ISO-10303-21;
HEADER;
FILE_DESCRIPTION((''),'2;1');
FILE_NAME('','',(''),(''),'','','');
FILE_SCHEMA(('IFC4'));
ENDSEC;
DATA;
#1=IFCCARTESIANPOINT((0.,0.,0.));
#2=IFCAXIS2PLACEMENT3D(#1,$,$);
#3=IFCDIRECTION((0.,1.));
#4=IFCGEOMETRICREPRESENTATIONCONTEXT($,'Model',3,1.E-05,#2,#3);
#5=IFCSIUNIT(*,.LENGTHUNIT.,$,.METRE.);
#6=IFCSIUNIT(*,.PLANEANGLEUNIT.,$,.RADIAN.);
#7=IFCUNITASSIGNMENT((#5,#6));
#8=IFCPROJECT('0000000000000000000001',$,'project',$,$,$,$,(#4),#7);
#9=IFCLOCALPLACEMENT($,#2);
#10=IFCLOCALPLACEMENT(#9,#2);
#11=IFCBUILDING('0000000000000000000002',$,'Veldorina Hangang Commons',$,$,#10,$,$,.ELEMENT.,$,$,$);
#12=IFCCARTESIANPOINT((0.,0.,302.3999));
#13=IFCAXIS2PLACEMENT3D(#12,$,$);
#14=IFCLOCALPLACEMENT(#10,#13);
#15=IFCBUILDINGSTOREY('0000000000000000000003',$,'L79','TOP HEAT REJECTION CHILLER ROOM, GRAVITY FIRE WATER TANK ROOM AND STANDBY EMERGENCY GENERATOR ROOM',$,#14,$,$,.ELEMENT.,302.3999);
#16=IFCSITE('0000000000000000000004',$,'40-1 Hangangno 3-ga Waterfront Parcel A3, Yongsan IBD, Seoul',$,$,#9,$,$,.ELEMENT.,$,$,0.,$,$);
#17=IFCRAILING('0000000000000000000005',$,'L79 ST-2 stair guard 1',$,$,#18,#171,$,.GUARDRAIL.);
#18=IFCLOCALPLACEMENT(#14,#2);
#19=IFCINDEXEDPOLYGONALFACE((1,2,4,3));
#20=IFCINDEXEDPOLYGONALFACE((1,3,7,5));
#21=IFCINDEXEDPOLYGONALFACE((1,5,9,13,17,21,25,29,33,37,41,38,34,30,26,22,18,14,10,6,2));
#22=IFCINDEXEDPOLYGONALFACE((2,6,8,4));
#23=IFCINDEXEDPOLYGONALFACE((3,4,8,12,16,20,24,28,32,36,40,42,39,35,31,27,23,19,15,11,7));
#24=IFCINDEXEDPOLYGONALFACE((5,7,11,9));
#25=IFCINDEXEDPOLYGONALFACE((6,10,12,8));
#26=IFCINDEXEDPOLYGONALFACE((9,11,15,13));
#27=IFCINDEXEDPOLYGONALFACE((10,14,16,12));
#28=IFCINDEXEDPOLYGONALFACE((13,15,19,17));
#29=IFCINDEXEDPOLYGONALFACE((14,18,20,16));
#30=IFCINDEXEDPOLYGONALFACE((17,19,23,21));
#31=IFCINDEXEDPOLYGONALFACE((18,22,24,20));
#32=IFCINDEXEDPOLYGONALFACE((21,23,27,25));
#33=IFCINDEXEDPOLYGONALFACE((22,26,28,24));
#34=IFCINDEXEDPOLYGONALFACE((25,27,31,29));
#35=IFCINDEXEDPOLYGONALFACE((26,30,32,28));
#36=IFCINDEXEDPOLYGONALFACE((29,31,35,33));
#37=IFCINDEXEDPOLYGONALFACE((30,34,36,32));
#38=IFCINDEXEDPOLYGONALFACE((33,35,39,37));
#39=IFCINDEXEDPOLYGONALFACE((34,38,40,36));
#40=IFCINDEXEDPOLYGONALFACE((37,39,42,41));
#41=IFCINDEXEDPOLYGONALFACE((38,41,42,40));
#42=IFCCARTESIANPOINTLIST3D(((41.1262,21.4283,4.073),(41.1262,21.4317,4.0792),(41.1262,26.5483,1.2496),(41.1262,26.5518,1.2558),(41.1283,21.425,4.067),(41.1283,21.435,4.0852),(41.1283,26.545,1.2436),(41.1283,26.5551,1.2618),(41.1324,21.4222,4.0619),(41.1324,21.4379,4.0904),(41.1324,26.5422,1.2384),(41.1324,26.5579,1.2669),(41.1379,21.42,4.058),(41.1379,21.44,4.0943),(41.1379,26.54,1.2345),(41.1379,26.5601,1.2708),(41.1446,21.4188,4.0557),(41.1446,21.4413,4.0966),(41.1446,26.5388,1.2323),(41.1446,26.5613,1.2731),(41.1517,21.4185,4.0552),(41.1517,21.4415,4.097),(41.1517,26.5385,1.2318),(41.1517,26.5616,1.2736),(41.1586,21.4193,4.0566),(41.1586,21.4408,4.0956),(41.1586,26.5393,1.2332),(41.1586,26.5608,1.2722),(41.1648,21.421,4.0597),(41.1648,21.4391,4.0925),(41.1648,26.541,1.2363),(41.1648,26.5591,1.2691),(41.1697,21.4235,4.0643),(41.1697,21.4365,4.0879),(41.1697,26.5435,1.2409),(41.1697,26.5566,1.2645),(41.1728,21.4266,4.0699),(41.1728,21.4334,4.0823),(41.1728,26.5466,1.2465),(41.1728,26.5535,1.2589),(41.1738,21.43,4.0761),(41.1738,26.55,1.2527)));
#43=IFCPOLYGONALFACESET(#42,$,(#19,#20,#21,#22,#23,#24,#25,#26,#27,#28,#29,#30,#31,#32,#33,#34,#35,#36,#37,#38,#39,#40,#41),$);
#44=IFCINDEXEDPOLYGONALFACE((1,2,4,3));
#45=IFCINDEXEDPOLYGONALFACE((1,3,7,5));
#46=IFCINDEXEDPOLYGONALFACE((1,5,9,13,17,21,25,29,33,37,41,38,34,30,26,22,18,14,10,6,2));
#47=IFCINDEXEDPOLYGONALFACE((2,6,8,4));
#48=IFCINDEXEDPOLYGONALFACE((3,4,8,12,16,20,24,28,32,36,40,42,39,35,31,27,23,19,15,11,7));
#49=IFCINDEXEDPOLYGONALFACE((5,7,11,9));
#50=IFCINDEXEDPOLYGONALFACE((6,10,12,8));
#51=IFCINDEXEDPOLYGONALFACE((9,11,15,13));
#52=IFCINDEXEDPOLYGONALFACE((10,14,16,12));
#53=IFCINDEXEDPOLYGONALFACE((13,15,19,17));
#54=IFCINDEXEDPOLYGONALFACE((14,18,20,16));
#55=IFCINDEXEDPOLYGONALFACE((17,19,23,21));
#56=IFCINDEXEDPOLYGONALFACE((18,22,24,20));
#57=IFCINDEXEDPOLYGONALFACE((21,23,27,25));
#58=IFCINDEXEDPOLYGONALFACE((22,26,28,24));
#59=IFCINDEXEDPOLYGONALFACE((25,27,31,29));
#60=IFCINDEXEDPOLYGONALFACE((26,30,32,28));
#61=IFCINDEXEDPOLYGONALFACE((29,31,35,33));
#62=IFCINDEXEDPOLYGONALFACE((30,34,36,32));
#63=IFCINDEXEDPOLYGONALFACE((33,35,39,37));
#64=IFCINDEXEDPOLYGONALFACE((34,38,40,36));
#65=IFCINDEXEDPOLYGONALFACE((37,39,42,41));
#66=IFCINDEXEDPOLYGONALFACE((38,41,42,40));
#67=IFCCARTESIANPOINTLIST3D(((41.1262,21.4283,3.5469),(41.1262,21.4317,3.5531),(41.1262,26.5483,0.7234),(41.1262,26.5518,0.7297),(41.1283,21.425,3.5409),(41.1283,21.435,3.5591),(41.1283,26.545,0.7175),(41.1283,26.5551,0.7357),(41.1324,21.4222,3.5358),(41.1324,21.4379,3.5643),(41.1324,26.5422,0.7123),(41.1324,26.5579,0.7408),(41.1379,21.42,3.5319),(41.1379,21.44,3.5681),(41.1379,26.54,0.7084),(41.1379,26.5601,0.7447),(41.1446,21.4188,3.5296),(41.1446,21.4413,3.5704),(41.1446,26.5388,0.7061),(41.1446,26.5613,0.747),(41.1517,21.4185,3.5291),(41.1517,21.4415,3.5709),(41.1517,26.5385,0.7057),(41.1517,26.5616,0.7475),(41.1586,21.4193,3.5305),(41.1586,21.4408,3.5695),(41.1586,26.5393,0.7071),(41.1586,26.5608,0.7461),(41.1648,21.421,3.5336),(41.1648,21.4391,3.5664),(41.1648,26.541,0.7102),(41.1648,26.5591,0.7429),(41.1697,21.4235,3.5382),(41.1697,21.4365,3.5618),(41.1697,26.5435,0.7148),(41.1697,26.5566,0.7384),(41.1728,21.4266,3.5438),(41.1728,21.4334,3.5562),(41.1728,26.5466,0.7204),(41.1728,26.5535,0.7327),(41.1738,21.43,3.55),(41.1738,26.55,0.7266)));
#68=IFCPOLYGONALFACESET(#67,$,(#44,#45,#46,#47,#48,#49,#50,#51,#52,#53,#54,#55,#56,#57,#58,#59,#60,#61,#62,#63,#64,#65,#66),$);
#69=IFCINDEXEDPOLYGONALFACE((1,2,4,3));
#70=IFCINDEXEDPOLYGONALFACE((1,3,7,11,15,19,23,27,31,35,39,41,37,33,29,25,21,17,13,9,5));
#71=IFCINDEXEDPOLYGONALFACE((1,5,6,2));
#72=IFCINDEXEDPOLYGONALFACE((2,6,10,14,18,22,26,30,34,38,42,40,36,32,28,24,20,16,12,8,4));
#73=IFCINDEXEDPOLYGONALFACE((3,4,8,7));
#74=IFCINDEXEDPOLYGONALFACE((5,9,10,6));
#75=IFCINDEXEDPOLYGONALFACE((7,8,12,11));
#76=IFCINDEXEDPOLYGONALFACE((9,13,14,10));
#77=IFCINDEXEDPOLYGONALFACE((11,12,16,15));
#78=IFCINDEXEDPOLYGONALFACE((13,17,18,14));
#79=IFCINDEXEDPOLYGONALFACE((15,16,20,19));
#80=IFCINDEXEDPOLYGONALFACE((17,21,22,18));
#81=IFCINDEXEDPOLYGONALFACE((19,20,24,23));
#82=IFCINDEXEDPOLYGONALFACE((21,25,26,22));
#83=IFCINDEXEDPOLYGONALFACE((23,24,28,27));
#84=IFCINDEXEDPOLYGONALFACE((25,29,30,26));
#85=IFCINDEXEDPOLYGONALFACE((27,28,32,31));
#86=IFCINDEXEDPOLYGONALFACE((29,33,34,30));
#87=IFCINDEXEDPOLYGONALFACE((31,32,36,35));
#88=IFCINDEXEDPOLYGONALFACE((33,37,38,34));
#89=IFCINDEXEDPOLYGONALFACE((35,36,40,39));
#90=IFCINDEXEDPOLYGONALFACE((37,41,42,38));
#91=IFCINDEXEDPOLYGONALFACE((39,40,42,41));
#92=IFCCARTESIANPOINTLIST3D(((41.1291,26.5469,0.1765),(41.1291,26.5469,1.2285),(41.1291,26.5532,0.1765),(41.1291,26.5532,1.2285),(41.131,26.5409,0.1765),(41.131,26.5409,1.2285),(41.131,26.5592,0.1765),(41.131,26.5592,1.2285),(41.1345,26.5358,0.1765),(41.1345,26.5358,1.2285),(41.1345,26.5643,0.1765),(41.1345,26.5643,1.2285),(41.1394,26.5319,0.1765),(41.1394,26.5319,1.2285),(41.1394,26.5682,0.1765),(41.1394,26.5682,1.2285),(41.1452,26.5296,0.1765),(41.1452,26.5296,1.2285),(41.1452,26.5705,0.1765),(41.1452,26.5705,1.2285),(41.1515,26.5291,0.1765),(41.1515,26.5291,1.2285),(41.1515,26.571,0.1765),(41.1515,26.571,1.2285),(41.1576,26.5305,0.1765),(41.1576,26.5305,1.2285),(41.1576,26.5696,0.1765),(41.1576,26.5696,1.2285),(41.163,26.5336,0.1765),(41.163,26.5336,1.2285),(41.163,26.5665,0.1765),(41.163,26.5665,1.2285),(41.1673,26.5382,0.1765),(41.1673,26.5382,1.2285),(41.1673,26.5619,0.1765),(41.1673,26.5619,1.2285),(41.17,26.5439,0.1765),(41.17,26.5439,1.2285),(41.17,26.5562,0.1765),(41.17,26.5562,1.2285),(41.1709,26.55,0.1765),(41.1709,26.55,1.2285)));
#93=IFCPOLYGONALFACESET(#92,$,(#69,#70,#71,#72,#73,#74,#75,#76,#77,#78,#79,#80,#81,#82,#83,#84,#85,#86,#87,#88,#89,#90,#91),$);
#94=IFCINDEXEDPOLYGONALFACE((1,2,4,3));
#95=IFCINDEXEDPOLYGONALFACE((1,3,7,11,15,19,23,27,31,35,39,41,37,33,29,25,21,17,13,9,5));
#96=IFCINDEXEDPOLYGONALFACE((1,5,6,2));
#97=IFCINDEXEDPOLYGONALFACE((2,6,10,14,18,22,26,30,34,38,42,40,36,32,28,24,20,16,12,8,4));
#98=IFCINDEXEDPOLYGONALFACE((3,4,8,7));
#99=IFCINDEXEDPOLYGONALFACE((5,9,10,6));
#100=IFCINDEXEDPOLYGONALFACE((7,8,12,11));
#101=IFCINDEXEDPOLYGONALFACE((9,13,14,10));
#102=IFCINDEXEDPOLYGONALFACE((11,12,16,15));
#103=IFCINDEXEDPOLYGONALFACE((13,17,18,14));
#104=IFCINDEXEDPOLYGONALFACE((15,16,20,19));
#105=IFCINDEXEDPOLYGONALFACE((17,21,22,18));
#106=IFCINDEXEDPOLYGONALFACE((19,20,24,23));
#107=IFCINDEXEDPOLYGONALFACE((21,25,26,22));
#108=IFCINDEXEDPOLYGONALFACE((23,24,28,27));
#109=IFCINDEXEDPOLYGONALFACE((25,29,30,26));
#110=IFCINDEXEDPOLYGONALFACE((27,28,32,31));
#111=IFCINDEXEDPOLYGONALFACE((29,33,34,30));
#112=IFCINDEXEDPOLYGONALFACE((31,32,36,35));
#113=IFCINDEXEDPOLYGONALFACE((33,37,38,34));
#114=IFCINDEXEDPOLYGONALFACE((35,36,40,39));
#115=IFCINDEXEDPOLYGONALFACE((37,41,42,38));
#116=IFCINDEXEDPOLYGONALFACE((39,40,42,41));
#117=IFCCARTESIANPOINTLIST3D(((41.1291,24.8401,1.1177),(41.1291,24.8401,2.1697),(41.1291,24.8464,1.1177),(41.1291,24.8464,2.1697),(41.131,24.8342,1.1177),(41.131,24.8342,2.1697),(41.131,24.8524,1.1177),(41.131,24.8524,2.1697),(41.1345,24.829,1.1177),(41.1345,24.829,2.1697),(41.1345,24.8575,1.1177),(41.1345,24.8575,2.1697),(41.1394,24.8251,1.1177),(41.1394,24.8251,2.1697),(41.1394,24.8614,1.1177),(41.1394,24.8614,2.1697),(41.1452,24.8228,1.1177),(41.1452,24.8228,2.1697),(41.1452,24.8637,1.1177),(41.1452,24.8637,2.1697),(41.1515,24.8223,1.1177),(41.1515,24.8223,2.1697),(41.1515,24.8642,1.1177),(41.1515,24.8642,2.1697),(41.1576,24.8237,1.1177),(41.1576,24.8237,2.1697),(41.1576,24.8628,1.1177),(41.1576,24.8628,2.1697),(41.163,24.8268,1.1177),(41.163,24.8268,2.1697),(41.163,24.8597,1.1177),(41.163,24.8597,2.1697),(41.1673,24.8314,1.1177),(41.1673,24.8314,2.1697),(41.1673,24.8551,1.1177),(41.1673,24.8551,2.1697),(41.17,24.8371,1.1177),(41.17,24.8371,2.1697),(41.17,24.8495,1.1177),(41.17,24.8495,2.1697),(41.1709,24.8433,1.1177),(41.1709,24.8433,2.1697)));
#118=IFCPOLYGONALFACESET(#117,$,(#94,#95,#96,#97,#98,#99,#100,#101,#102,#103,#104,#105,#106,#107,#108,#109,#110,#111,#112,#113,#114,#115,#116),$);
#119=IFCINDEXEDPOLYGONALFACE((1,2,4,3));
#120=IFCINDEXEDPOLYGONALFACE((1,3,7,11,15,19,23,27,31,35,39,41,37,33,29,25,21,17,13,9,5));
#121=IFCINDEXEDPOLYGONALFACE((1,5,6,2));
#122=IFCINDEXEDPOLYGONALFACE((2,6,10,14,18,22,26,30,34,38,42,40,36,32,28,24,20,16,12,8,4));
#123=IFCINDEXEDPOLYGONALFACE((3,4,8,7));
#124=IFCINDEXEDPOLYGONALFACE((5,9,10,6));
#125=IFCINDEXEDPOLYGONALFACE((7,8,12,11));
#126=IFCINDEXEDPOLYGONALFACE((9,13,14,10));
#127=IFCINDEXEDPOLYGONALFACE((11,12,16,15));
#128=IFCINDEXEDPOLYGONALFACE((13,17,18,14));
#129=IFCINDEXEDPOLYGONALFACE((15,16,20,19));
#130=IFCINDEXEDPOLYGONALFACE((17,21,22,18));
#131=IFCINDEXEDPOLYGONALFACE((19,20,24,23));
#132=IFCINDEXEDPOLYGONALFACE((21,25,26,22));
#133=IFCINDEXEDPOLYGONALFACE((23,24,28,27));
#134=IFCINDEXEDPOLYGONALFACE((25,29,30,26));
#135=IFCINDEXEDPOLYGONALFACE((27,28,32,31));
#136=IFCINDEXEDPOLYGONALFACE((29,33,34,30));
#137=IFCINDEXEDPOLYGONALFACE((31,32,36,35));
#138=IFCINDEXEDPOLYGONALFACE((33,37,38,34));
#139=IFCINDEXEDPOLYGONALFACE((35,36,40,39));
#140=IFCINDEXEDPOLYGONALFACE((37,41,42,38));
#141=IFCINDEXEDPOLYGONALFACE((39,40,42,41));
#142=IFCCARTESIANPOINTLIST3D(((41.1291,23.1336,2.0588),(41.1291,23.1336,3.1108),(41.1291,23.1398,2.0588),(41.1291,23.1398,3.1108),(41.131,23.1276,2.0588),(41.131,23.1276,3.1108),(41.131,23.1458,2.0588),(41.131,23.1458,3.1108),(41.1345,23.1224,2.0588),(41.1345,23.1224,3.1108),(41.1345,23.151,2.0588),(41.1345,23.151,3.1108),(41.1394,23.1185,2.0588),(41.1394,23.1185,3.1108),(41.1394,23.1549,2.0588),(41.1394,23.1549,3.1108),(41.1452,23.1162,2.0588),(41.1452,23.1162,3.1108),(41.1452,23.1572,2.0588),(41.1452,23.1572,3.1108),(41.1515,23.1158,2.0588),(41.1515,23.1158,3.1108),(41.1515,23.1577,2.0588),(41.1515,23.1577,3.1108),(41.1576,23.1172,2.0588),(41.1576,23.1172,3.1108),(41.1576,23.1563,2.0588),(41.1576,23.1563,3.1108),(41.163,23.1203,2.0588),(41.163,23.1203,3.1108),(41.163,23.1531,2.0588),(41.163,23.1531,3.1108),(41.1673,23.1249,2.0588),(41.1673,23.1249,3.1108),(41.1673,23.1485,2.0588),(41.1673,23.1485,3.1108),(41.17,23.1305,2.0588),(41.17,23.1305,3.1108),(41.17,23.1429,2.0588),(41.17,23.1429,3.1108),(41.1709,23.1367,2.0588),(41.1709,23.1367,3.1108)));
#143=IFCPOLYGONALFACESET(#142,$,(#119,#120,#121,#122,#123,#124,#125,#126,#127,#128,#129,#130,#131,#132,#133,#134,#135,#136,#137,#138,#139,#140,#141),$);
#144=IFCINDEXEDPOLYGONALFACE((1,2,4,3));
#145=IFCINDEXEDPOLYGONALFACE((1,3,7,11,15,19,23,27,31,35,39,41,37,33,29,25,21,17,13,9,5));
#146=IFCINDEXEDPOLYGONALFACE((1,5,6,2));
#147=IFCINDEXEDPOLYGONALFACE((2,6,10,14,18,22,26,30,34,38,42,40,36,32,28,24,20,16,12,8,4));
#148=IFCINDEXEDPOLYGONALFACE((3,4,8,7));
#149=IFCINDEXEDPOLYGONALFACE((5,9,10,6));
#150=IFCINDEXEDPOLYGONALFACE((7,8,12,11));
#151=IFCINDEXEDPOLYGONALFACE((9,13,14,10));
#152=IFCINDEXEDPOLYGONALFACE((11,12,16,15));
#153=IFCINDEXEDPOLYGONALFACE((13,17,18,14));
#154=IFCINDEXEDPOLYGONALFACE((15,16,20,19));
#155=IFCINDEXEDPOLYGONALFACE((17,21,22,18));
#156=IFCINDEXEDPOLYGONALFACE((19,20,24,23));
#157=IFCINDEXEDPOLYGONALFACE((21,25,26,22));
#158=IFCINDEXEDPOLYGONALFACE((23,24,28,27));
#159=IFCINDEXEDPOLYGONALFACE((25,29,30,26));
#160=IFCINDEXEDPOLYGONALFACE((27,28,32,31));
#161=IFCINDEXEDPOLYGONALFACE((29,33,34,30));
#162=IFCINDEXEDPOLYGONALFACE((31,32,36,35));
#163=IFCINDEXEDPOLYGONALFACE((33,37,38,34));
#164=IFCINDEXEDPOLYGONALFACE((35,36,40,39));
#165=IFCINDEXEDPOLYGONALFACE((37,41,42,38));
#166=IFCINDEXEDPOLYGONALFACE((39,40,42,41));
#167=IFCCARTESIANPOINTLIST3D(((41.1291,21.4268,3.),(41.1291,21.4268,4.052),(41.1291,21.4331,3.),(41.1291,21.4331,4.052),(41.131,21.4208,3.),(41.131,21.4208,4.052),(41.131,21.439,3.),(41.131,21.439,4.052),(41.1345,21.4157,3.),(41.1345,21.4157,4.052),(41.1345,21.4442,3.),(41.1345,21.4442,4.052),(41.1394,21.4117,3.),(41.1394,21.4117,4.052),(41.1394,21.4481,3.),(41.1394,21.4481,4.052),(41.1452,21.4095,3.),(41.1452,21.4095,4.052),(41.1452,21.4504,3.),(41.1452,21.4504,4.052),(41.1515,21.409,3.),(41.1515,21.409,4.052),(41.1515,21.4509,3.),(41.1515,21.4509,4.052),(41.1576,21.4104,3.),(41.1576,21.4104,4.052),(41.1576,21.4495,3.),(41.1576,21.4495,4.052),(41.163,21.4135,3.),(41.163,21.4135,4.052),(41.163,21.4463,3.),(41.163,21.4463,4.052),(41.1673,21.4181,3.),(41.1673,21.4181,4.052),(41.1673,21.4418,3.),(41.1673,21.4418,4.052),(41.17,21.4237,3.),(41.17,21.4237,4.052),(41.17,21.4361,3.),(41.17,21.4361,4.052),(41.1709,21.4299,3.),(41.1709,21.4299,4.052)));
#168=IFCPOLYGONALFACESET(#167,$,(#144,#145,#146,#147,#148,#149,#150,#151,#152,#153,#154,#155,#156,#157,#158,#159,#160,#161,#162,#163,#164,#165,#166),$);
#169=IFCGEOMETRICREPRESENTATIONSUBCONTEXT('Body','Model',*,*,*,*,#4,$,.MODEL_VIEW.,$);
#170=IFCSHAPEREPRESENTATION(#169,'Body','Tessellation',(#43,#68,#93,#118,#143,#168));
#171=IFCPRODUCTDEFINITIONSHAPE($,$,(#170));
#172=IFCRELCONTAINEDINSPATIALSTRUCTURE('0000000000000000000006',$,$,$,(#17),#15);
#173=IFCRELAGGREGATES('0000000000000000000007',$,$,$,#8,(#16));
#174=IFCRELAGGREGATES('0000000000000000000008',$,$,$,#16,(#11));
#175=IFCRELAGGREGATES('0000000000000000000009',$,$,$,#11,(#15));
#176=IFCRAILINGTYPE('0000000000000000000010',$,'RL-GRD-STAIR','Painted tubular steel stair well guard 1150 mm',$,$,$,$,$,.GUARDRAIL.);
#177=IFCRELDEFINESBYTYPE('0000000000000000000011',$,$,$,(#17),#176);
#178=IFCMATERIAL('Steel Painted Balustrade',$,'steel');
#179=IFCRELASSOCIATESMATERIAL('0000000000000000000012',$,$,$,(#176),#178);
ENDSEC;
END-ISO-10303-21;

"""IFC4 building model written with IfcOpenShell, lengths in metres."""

from ifc_helpers import new_model, si_unit, direction, frame, origin, origin_2d, place, context, subcontext, project, spatial, circle, extrude, material, type_object, element, save


model = new_model("IFC4")

# Units and contexts
model_context = context("Model", 3, precision=1e-05, world=origin(), true_north=direction((0.0, 1.0)))
body_context = subcontext(model_context, "Body", "Model", "MODEL_VIEW")
ifc_project = project(units=[si_unit("LENGTHUNIT", "METRE"), si_unit("PLANEANGLEUNIT", "RADIAN")], contexts=[model_context])

# Site, building, storey
site_placement = place(None, origin())
site = spatial("IfcSite", under=ifc_project, at=site_placement, Name="40-1 Hangangno 3-ga Waterfront Parcel A3, Yongsan IBD, Seoul", CompositionType="ELEMENT", RefElevation=0.0)
building_placement = place(site_placement, origin())
building = spatial("IfcBuilding", under=site, at=building_placement, Name="Veldorina Hangang Commons", CompositionType="ELEMENT")
storey_placement = place(building_placement, frame((0.0, 0.0, 302.3999)))
storey = spatial("IfcBuildingStorey", under=building, at=storey_placement, Name="L79", Description="TOP HEAT REJECTION CHILLER ROOM, GRAVITY FIRE WATER TANK ROOM AND STANDBY EMERGENCY GENERATOR ROOM", CompositionType="ELEMENT", Elevation=302.3999)

# Railing
ifc_material_1 = material(Name="Steel Painted Balustrade", Category="steel")
railing_type = type_object("IfcRailingType", Name="RL-GRD-STAIR", Description="Painted tubular steel stair well guard 1150 mm", PredefinedType="GUARDRAIL", material=ifc_material_1)
railing_1_placement = place(storey_placement, frame((41.1499, 26.55, 0.1765)))
element("IfcRailing", 1, at=railing_1_placement, inside=storey, type_object=railing_type, Name="L79 ST-2 stair guard 1", PredefinedType="GUARDRAIL", context=body_context, shape_type="SweptSolid", body=[
    extrude(circle(Radius=0.0239, at=origin_2d()), frame((0.0, 0.0, 1.0762), z_axis=(0.0, -0.875679, 0.482893), x_axis=(1.0, 0.0, 0.0)), (0.0, 0.0, 1.0), 5.8469),
    extrude(circle(Radius=0.0239, at=origin_2d()), frame((0.0, 0.0, 0.55), z_axis=(0.0, -0.875679, 0.482893), x_axis=(1.0, 0.0, 0.0)), (0.0, 0.0, 1.0), 5.8469),
    extrude(circle(Radius=0.021, at=origin_2d()), origin(), (0.0, 0.0, 1.0), 1.052),
    extrude(circle(Radius=0.021, at=origin_2d()), frame((0.0, -1.7068, 0.9412)), (0.0, 0.0, 1.0), 1.052),
    extrude(circle(Radius=0.021, at=origin_2d()), frame((0.0, -3.4133, 1.8823)), (0.0, 0.0, 1.0), 1.052),
    extrude(circle(Radius=0.021, at=origin_2d()), frame((0.0, -5.1201, 2.8235)), (0.0, 0.0, 1.0), 1.052),
])

save(model, "model.ifc")
